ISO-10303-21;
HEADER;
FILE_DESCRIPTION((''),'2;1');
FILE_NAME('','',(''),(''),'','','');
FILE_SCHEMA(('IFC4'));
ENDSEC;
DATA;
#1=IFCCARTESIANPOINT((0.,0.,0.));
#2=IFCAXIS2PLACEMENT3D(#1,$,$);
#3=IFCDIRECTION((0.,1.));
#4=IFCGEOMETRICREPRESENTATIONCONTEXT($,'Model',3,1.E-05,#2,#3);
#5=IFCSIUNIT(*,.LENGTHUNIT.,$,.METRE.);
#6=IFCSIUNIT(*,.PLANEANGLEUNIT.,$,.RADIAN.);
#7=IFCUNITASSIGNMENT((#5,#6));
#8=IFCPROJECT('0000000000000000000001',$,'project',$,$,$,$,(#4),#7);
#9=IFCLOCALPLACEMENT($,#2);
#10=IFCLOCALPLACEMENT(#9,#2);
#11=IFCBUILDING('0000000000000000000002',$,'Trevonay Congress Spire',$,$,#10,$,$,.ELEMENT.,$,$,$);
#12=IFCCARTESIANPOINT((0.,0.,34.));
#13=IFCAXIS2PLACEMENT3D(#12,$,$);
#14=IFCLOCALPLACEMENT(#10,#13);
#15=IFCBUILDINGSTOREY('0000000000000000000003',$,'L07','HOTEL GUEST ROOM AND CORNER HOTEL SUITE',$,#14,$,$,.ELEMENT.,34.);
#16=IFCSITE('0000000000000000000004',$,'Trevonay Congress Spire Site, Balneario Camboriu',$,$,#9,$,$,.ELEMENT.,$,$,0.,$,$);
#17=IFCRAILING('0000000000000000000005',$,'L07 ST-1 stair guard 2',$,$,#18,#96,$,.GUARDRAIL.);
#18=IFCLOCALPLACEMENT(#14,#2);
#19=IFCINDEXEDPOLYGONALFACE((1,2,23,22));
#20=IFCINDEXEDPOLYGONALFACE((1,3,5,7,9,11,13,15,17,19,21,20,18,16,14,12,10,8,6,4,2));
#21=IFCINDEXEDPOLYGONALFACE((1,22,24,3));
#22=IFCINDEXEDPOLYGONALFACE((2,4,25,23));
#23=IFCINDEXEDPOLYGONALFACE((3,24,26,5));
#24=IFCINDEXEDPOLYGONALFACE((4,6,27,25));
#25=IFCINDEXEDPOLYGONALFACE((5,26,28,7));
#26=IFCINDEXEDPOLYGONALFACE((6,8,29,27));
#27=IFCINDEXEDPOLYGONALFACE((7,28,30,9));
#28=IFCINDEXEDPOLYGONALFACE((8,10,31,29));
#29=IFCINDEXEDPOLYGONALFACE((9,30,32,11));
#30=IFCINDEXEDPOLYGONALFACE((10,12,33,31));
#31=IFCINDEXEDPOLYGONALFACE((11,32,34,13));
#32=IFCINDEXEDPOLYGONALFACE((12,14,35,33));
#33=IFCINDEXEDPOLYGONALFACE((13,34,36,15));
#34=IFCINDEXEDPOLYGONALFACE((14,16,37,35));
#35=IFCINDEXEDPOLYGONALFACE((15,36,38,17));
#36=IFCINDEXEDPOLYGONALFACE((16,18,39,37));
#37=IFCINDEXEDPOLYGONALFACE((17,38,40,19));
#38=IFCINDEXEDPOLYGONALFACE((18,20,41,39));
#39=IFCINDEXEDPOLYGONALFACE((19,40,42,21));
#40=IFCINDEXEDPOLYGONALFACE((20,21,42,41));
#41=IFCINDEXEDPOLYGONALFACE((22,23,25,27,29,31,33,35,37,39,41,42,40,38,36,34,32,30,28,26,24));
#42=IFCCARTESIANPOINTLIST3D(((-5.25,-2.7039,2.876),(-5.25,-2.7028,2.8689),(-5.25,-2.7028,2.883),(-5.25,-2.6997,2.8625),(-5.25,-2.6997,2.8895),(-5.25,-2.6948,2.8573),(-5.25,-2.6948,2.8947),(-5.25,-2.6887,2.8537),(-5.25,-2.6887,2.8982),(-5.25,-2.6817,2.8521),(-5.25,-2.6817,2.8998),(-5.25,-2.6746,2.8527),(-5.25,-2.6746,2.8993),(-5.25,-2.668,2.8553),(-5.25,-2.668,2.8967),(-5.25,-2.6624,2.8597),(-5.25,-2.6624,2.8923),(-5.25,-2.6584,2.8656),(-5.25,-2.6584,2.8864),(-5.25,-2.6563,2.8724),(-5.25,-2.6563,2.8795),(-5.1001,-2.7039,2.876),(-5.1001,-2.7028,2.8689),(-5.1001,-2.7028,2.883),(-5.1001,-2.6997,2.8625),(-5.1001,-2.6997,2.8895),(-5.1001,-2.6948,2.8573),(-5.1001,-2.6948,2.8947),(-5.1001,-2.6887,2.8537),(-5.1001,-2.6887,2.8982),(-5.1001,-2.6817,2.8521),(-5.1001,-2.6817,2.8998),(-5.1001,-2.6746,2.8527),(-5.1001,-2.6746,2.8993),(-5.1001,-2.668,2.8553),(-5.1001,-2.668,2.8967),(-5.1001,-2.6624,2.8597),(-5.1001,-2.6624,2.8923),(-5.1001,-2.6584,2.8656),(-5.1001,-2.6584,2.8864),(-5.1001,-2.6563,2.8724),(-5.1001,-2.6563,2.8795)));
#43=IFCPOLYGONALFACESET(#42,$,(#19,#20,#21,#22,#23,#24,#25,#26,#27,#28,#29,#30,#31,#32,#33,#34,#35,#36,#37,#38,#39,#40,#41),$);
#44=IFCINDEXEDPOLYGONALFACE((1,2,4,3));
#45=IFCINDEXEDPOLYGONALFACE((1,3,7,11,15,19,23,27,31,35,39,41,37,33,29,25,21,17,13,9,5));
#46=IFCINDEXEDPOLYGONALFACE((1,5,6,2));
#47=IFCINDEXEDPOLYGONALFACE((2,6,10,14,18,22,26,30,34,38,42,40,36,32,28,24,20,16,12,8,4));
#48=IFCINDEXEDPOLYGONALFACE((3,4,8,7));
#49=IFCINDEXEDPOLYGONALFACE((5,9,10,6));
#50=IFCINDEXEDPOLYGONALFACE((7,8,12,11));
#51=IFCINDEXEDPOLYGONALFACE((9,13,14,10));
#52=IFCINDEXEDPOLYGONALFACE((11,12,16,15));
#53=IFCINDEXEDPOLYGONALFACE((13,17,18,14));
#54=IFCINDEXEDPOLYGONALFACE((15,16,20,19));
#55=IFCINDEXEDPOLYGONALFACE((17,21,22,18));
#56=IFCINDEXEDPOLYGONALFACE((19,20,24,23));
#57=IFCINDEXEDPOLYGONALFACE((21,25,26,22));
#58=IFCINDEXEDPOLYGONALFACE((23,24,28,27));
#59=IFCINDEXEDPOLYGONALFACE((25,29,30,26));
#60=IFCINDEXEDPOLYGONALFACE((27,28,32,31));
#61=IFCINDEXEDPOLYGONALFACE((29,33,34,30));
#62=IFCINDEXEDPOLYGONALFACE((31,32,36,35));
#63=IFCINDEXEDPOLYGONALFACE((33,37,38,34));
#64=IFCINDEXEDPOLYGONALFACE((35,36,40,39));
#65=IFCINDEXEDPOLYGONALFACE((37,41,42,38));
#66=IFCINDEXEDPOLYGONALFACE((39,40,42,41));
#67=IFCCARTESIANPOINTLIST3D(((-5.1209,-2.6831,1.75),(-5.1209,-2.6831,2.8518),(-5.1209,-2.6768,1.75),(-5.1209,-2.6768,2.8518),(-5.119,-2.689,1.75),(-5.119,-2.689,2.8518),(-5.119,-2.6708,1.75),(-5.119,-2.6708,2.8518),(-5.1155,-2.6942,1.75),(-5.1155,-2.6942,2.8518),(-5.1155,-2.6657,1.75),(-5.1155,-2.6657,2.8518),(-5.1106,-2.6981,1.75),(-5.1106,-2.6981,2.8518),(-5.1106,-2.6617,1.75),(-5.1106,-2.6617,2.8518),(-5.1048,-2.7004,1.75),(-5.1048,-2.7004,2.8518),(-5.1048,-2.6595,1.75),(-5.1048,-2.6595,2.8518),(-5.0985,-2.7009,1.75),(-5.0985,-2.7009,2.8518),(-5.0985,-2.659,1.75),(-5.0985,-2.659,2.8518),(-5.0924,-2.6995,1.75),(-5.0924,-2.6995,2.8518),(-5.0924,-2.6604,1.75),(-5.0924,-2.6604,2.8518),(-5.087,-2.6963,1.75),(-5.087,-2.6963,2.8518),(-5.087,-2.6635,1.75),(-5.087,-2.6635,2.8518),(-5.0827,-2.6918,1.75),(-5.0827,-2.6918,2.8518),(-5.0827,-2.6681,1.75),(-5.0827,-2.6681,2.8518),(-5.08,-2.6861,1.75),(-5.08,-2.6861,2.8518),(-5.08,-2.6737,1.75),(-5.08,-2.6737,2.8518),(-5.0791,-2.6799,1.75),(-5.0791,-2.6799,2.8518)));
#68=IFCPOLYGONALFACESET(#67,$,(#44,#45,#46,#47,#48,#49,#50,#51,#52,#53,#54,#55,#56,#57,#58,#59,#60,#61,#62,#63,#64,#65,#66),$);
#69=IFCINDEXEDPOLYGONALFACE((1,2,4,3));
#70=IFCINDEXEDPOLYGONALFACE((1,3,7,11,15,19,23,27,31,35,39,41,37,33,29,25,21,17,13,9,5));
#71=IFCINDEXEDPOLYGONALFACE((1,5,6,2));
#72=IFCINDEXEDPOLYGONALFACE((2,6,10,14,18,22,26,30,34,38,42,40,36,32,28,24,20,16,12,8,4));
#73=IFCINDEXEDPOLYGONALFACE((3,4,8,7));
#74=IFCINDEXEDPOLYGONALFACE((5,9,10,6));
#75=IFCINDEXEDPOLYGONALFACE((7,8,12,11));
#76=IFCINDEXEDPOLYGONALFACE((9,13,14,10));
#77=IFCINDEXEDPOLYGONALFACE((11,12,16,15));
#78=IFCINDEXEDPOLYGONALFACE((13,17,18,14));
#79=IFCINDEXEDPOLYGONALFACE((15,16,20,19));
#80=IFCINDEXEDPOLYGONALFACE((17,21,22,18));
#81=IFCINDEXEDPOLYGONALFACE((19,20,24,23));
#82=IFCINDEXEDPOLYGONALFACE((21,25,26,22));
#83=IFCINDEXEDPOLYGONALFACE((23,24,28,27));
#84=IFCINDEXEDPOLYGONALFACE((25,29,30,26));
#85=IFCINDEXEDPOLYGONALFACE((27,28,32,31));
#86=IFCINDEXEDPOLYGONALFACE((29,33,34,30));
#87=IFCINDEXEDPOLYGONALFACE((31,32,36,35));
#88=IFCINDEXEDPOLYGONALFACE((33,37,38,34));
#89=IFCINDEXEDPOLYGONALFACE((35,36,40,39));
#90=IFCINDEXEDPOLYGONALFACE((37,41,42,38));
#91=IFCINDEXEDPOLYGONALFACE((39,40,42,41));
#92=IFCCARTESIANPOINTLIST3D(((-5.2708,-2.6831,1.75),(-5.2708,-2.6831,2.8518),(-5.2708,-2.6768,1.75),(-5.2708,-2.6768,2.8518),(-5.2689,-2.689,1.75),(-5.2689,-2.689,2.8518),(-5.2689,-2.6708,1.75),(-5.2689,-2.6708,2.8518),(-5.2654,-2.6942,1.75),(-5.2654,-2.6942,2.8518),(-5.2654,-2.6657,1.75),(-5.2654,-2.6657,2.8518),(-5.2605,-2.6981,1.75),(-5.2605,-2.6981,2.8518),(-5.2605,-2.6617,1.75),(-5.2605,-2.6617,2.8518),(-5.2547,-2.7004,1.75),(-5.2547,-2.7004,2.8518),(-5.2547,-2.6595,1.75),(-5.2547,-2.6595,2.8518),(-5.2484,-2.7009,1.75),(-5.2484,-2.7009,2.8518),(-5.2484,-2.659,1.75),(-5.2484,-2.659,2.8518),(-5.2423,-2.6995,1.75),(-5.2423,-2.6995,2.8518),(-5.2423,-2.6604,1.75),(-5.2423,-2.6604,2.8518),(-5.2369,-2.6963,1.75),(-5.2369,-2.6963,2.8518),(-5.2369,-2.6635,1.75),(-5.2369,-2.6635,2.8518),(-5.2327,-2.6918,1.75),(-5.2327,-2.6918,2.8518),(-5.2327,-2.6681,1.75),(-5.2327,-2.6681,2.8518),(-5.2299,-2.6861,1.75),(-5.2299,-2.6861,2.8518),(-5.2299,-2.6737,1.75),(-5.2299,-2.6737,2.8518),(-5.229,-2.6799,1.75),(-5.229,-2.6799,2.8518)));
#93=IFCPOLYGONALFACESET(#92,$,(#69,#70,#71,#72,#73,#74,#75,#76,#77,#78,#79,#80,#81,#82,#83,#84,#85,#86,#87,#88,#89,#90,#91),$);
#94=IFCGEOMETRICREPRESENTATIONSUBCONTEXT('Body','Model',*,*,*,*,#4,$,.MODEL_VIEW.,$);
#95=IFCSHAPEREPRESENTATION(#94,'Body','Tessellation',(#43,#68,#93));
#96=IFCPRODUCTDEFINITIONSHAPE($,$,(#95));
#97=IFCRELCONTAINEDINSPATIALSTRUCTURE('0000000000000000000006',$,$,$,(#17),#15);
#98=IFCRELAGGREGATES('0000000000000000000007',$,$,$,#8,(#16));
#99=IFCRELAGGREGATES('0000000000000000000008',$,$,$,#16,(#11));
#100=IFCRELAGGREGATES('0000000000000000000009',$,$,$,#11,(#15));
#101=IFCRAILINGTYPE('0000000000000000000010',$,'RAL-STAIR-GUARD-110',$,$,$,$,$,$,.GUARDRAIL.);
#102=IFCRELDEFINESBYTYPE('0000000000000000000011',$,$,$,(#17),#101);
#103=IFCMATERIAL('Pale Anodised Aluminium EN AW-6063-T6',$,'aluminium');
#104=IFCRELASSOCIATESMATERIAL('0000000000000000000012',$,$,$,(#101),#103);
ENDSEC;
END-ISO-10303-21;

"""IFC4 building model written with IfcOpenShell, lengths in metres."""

from ifc_helpers import new_model, si_unit, direction, frame, origin, origin_2d, place, context, subcontext, project, spatial, circle, extrude, material, type_object, element, save


model = new_model("IFC4")

# Units and contexts
model_context = context("Model", 3, precision=1e-05, world=origin(), true_north=direction((0.0, 1.0)))
body_context = subcontext(model_context, "Body", "Model", "MODEL_VIEW")
ifc_project = project(units=[si_unit("LENGTHUNIT", "METRE"), si_unit("PLANEANGLEUNIT", "RADIAN")], contexts=[model_context])

# Site, building, storey
site_placement = place(None, origin())
site = spatial("IfcSite", under=ifc_project, at=site_placement, Name="Trevonay Congress Spire Site, Balneario Camboriu", CompositionType="ELEMENT", RefElevation=0.0)
building_placement = place(site_placement, origin())
building = spatial("IfcBuilding", under=site, at=building_placement, Name="Trevonay Congress Spire", CompositionType="ELEMENT")
storey_placement = place(building_placement, frame((0.0, 0.0, 34.0)))
storey = spatial("IfcBuildingStorey", under=building, at=storey_placement, Name="L07", Description="HOTEL GUEST ROOM AND CORNER HOTEL SUITE", CompositionType="ELEMENT", Elevation=34.0)

# Shared definitions
ifc_material_1 = material(Name="Pale Anodised Aluminium EN AW-6063-T6", Category="aluminium")

# Railing
railing_type_1 = type_object("IfcRailingType", Name="RAL-STAIR-GUARD-110", PredefinedType="GUARDRAIL", material=ifc_material_1)
railing_1_placement = place(storey_placement, frame((-5.1001, -2.6799, 1.75)))
element("IfcRailing", 1, at=railing_1_placement, inside=storey, type_object=railing_type_1, Name="L07 ST-1 stair guard 2", PredefinedType="GUARDRAIL", context=body_context, shape_type="SweptSolid", body=[
    extrude(circle(Radius=0.0239, at=origin_2d()), frame((0.0, 0.0, 1.126), z_axis=(-1.0, 0.0, 0.0), x_axis=(0.0, -1.0, 0.0)), (0.0, 0.0, 1.0), 0.1499),
    extrude(circle(Radius=0.021, at=origin_2d()), origin(), (0.0, 0.0, 1.0), 1.1018),
    extrude(circle(Radius=0.021, at=origin_2d()), frame((-0.1499, 0.0, 0.0)), (0.0, 0.0, 1.0), 1.1018),
])

save(model, "model.ifc")
